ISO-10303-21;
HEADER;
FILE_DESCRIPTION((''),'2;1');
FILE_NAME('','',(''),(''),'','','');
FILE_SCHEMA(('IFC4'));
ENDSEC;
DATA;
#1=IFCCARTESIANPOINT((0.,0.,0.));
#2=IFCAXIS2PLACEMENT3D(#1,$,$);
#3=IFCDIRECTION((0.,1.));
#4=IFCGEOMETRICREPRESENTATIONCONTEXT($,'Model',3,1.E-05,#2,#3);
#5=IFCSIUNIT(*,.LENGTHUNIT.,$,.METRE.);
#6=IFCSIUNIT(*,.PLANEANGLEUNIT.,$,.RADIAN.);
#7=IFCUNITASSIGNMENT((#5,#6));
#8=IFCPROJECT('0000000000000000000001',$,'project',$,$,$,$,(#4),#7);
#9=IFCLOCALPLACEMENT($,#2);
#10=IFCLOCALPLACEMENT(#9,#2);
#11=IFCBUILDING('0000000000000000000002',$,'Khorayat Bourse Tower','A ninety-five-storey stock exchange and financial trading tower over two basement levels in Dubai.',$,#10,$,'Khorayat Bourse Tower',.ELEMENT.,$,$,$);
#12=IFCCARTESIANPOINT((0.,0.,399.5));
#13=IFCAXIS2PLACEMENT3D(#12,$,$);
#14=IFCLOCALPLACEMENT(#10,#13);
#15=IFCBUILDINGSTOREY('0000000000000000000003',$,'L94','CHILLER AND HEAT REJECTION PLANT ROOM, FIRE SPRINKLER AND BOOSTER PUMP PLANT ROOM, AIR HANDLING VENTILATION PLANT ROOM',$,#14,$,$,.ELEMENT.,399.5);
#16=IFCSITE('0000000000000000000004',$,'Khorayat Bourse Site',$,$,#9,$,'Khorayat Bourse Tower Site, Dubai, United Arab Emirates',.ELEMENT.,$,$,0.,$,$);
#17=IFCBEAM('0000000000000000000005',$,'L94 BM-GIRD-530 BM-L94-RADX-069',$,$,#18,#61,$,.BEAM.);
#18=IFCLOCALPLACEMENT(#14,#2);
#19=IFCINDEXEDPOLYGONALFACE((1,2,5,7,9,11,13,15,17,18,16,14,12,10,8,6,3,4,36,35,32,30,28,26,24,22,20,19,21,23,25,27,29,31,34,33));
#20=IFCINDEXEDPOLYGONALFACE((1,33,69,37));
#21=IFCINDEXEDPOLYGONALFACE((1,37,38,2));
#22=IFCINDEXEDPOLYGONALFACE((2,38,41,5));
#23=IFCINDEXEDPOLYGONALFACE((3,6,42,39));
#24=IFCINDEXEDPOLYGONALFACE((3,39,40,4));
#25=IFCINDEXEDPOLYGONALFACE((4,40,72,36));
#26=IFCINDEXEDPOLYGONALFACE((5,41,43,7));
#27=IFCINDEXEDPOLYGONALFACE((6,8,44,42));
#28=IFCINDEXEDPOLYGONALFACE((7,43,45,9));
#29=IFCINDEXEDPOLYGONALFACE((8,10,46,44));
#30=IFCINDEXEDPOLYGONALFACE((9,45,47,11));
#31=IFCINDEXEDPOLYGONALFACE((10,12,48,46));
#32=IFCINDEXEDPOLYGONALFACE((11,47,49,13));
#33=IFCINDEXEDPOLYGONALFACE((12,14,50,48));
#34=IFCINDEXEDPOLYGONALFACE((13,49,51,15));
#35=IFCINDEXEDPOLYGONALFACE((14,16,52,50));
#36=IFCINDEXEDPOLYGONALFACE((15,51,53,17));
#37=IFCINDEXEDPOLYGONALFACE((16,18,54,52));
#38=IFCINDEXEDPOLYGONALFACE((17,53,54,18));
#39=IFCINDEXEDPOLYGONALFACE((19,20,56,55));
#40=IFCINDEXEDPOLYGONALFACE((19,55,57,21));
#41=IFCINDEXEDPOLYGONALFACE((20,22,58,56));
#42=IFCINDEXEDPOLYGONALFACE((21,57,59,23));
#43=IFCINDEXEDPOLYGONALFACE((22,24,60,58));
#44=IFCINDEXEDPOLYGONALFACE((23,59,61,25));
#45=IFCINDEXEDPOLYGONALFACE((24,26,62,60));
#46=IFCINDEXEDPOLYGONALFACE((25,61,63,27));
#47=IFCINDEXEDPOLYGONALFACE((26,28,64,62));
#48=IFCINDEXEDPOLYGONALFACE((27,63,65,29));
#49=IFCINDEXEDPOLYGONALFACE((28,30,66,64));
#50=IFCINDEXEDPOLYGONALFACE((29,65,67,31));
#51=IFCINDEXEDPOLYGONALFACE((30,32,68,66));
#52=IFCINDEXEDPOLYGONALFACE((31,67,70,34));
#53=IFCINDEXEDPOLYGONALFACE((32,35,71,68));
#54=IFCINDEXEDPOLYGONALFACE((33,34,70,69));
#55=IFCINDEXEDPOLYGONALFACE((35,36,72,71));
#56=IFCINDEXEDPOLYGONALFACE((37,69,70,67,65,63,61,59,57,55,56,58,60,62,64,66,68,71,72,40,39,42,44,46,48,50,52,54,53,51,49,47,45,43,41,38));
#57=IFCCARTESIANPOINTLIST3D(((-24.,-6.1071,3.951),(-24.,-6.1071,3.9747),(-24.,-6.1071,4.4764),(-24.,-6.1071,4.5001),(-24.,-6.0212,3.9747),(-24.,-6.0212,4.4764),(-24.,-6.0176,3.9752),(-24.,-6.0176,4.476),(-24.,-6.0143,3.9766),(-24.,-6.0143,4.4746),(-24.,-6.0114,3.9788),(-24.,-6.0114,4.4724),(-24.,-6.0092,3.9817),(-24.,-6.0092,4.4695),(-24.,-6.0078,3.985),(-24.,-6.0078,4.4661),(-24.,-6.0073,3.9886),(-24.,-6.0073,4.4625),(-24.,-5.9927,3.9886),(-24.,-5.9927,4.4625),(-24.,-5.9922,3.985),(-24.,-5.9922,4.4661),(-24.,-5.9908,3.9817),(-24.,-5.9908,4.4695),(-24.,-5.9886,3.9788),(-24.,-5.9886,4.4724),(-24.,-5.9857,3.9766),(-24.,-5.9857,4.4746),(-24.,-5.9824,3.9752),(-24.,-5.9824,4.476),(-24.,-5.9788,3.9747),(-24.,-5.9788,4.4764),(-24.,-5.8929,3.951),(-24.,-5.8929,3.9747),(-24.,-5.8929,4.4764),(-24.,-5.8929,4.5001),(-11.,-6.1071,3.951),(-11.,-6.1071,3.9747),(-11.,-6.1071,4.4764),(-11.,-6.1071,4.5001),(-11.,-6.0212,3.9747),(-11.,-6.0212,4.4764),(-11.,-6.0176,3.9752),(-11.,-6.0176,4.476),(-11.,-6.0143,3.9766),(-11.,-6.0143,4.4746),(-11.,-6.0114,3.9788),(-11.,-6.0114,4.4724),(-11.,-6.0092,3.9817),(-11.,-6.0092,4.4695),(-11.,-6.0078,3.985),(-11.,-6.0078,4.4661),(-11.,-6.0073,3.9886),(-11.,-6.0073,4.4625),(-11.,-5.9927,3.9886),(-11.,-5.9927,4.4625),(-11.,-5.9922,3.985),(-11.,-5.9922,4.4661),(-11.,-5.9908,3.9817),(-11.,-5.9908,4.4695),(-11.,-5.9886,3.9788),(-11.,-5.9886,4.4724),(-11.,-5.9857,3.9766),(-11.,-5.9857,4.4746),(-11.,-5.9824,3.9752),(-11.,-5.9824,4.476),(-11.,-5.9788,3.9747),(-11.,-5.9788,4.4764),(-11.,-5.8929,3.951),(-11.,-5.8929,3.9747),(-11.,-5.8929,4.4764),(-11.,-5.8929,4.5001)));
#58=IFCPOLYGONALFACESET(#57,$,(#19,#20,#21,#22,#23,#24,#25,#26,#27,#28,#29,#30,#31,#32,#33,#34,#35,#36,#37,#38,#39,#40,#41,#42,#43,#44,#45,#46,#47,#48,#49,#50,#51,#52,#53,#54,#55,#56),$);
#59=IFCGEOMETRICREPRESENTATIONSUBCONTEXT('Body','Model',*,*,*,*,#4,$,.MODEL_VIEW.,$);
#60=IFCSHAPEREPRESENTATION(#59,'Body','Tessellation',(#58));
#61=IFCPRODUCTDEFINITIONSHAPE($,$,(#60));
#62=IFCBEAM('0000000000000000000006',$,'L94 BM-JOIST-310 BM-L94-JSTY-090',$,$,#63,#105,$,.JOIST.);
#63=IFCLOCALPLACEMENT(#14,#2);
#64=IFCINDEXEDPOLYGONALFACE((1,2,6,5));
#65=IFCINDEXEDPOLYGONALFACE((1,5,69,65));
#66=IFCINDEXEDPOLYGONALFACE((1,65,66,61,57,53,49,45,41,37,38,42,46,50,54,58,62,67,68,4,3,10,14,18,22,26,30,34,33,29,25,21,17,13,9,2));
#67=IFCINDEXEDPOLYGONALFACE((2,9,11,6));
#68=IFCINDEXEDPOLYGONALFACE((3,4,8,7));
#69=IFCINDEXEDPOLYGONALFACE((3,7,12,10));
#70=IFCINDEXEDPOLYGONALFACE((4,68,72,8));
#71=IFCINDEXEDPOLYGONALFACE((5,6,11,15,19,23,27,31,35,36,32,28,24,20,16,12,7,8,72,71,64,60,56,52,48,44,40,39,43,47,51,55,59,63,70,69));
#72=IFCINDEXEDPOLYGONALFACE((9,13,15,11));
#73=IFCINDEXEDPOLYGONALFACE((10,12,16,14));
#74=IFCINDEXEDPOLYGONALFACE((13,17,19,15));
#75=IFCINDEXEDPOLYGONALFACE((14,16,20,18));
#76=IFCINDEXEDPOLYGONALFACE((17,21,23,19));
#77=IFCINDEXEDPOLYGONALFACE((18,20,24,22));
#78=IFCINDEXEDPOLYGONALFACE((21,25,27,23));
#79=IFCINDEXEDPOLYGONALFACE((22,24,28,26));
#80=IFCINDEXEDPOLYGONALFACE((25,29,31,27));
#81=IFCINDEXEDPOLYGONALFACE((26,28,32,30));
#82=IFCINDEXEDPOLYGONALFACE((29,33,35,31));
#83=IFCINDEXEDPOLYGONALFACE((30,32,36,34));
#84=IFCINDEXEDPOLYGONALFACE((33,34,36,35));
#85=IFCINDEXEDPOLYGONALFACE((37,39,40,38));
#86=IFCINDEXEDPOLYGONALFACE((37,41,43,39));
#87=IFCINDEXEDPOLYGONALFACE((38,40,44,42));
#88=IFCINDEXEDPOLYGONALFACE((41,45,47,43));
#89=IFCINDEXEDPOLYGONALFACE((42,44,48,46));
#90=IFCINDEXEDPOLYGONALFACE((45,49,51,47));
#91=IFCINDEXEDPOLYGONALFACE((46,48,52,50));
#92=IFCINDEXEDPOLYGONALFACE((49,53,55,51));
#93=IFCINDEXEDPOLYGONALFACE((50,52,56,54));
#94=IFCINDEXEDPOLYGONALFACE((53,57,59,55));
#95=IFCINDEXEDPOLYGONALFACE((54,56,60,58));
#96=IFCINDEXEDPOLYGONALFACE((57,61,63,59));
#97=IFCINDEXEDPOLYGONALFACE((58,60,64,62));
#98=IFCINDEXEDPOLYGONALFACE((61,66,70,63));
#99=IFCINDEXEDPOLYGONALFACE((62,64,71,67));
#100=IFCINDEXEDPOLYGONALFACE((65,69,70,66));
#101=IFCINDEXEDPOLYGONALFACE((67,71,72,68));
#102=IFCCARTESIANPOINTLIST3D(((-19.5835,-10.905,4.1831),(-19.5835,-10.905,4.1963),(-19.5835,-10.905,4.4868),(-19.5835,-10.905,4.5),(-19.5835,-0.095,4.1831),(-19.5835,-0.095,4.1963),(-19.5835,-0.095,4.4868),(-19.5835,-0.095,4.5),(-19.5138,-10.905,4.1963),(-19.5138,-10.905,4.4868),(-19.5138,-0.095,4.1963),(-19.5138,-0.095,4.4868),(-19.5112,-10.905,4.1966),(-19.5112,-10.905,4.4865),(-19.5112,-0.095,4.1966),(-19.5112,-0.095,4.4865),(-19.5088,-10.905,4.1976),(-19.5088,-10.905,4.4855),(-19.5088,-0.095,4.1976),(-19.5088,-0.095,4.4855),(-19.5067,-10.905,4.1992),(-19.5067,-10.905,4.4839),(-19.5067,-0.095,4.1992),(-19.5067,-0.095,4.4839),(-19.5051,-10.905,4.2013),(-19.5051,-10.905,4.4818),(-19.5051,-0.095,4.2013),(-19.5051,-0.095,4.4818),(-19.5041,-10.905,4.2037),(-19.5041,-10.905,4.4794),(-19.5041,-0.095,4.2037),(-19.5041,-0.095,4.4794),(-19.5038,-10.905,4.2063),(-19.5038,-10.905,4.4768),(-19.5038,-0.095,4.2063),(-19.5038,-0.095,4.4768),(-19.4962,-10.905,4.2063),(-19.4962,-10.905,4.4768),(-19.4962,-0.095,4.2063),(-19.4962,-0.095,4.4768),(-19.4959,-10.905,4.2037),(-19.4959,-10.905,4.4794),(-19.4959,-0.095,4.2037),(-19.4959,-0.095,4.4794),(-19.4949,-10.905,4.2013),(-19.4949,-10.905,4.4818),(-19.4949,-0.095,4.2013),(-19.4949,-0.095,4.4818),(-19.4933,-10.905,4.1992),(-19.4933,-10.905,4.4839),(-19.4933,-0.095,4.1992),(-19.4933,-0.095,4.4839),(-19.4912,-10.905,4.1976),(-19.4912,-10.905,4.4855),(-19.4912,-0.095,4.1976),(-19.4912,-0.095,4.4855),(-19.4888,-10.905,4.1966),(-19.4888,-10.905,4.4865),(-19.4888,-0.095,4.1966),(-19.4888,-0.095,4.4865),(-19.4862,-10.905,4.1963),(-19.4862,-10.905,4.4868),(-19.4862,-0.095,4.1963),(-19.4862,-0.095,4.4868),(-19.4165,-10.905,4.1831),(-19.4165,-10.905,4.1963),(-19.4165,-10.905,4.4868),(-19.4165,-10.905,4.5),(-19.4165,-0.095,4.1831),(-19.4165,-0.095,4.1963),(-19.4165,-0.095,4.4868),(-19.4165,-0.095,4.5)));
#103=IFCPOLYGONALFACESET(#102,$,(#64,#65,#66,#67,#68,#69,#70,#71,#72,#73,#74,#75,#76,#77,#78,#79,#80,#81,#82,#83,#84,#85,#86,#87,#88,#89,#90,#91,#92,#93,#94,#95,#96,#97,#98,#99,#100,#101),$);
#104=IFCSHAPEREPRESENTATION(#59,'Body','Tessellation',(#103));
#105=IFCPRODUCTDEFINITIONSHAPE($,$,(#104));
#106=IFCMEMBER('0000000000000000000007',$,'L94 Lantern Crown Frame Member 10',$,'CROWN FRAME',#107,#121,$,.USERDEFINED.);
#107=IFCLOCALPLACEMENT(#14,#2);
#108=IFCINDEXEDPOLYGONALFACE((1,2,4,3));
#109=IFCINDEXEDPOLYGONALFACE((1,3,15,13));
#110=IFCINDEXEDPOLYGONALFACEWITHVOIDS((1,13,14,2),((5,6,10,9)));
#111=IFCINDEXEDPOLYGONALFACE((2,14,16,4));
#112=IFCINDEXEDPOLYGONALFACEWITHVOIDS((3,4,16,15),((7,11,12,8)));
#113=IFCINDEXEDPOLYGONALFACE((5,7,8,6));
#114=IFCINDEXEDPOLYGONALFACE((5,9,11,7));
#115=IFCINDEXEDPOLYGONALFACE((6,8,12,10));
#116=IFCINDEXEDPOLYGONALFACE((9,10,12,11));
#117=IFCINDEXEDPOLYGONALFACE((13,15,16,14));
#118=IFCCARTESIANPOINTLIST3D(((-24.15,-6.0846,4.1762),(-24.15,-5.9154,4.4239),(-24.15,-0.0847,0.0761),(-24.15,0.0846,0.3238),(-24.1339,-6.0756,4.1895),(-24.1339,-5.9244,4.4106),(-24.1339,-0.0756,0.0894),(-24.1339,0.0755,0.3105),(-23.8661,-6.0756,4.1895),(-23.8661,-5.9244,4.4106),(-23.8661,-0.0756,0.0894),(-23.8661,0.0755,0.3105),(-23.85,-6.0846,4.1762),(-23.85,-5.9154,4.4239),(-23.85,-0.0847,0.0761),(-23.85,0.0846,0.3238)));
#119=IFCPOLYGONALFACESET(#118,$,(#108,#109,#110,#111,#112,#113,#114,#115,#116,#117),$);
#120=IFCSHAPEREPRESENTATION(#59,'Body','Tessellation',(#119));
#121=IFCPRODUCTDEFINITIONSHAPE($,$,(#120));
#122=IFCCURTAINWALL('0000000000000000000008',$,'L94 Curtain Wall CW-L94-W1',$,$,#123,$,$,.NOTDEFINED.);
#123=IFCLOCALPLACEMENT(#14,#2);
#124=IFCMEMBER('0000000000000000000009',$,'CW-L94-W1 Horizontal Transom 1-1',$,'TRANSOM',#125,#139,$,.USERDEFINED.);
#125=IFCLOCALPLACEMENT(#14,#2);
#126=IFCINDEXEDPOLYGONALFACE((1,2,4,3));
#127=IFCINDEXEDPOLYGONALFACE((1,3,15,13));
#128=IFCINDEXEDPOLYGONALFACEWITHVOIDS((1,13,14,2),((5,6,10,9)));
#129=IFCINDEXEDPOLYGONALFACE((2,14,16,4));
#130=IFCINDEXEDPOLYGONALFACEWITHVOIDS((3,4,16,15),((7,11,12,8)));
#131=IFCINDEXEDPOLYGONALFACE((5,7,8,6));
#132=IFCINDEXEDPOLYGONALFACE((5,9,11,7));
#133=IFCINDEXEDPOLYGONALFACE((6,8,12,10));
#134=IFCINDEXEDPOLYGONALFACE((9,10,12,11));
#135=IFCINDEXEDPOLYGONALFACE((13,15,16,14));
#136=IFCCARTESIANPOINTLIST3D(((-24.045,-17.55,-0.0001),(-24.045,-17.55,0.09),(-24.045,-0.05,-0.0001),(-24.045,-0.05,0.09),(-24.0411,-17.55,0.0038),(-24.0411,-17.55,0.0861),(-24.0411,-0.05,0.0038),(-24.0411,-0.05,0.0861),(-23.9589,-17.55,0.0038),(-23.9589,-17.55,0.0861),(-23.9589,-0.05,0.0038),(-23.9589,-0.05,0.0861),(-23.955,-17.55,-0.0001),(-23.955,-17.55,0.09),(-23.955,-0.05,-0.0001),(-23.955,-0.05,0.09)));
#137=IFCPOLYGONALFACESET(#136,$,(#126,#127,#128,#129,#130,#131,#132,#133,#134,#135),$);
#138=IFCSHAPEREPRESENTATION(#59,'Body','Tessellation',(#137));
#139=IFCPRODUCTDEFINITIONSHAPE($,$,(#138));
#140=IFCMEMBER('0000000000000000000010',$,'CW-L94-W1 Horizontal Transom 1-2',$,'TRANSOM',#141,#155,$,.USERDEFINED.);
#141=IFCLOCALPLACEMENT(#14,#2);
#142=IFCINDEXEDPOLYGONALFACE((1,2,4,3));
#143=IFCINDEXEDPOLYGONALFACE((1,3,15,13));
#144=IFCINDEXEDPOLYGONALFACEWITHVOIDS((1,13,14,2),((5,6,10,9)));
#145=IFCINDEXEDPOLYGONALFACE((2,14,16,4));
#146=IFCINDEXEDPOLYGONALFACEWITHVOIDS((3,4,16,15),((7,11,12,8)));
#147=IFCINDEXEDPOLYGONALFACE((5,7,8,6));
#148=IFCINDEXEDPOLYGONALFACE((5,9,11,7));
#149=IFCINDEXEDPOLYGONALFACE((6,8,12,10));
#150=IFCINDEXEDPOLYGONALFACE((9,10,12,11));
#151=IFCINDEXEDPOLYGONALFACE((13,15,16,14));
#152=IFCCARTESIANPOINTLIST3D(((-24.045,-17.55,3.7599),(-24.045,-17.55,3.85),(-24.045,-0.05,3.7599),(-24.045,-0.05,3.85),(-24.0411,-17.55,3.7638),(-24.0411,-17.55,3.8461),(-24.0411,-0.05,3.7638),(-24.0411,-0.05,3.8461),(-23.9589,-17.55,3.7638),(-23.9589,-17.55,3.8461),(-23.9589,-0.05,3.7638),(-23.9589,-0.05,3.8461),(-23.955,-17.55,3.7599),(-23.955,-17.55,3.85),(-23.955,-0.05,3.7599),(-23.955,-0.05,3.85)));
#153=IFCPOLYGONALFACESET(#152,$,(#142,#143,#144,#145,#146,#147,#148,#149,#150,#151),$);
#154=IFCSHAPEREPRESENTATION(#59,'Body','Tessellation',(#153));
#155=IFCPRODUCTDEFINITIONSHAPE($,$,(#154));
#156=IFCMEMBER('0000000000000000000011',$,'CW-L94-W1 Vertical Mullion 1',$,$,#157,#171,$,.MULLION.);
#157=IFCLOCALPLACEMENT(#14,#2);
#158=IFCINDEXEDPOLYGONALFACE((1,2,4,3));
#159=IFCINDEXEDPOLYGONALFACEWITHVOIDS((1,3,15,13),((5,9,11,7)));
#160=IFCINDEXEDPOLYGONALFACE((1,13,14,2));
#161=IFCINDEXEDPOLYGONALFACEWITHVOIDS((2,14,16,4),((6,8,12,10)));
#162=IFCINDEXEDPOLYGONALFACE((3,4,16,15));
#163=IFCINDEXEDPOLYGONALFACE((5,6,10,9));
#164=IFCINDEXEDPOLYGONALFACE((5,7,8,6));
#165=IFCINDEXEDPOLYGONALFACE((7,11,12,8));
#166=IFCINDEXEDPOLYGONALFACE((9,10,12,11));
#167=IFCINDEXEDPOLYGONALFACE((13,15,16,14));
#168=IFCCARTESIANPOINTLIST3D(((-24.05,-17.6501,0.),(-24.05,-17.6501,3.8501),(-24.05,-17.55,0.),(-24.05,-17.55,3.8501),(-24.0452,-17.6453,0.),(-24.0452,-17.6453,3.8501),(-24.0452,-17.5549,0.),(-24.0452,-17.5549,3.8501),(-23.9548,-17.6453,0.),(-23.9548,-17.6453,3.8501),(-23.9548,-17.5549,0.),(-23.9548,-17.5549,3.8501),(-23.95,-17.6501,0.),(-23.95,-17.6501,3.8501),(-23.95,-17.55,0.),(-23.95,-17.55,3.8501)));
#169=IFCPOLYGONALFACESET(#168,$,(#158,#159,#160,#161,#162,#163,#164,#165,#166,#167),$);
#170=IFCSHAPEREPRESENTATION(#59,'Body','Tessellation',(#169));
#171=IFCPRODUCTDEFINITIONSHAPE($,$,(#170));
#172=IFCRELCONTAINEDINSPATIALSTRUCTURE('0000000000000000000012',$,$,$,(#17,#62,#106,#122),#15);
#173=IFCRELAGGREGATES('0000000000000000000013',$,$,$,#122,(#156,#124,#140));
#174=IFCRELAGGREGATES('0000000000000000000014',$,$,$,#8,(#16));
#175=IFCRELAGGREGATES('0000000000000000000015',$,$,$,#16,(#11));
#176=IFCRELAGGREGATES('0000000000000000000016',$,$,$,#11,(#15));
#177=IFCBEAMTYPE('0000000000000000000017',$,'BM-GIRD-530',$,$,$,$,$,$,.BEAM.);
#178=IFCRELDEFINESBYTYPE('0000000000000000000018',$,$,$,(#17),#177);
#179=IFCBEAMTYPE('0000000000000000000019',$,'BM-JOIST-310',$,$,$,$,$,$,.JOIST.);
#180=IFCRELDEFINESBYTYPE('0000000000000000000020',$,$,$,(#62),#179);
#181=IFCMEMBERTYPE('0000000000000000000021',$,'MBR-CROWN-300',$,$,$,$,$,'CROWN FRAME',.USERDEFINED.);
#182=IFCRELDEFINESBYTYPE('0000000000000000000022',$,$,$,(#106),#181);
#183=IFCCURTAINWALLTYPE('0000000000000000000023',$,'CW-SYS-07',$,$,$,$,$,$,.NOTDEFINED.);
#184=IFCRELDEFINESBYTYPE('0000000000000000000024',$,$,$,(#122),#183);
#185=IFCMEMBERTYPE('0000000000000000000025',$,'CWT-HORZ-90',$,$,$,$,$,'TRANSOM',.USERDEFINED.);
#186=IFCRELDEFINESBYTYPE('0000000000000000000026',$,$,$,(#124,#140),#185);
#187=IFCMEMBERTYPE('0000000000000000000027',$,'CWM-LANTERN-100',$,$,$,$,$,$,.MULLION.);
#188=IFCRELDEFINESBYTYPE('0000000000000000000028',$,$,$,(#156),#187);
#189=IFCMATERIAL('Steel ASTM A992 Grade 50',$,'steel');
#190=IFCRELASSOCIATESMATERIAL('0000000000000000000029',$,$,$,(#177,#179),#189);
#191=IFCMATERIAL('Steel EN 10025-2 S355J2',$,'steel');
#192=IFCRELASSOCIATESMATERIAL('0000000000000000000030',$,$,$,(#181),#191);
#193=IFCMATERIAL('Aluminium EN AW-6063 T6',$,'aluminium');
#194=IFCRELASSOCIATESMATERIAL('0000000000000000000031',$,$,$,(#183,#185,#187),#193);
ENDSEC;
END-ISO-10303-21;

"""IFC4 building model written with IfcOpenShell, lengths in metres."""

from ifc_helpers import new_model, si_unit, direction, frame, origin, origin_2d, place, context, subcontext, project, spatial, hollow_rectangle, i_section, extrude, source, transform, mapped, material, material_profile, profile_set, type_object, element, aggregate, save


model = new_model("IFC4")

# Units and contexts
model_context = context("Model", 3, precision=1e-05, world=origin(), true_north=direction((0.0, 1.0)))
body_context = subcontext(model_context, "Body", "Model", "MODEL_VIEW")
ifc_project = project(units=[si_unit("LENGTHUNIT", "METRE"), si_unit("PLANEANGLEUNIT", "RADIAN")], contexts=[model_context])

# Site, building, storey
site_placement = place(None, origin())
site = spatial("IfcSite", under=ifc_project, at=site_placement, Name="Khorayat Bourse Site", LongName="Khorayat Bourse Tower Site, Dubai, United Arab Emirates", CompositionType="ELEMENT", RefElevation=0.0)
building_placement = place(site_placement, origin())
building = spatial("IfcBuilding", under=site, at=building_placement, Name="Khorayat Bourse Tower", Description="A ninety-five-storey stock exchange and financial trading tower over two basement levels in Dubai.", LongName="Khorayat Bourse Tower", CompositionType="ELEMENT")
storey_placement = place(building_placement, frame((0.0, 0.0, 399.5)))
storey = spatial("IfcBuildingStorey", under=building, at=storey_placement, Name="L94", Description="CHILLER AND HEAT REJECTION PLANT ROOM, FIRE SPRINKLER AND BOOSTER PUMP PLANT ROOM, AIR HANDLING VENTILATION PLANT ROOM", CompositionType="ELEMENT", Elevation=399.5)

# Shared definitions
ifc_material_1 = material(Name="Steel EN 10025-2 S355J2", Category="steel")

# Beams
ifc_material_2 = material(Name="Steel ASTM A992 Grade 50", Category="steel")
ifc_material_profile_1 = material_profile(ifc_material_2, i_section(OverallWidth=0.2141, OverallDepth=0.5491, WebThickness=0.0146, FlangeThickness=0.0237, FilletRadius=0.0139, at=origin_2d()), Name="W530X138")
ifc_profile_set_1 = profile_set([ifc_material_profile_1], Name="Steel ASTM A992 Grade 50")
beam_type_1 = type_object("IfcBeamType", Name="BM-GIRD-530", PredefinedType="BEAM", material=ifc_profile_set_1)
shared_shape_1 = source(origin(), body_context, "Body", "SweptSolid", [
    extrude(i_section(OverallWidth=0.2141, OverallDepth=0.5491, WebThickness=0.0146, FlangeThickness=0.0237, FilletRadius=0.0139, at=origin_2d()), origin(), (0.0, 0.0, 1.0), 13.0),
])
for number, where, z_axis, x_axis, name in (
    (1, (-24.0, -6.0, 4.2256), (1.0, 0.0, 0.0), (0.0, 1.0, 0.0), "L94 BM-GIRD-530 BM-L94-RADX-069"),
):
    element("IfcBeam", number, at=place(storey_placement, frame(where, z_axis=z_axis, x_axis=x_axis)), inside=storey, type_object=beam_type_1, Name=name, PredefinedType="BEAM", context=body_context, shape_type="MappedRepresentation", body=[
        mapped(shared_shape_1, transform((0.0, 0.0, 0.0), scale=1.0)),
    ])
ifc_material_profile_2 = material_profile(ifc_material_2, i_section(OverallWidth=0.167, OverallDepth=0.3169, WebThickness=0.0076, FlangeThickness=0.0132, FilletRadius=0.01, at=origin_2d()), Name="W310X52")
ifc_profile_set_2 = profile_set([ifc_material_profile_2], Name="Steel ASTM A992 Grade 50")
beam_type_2 = type_object("IfcBeamType", Name="BM-JOIST-310", PredefinedType="JOIST", material=ifc_profile_set_2)
shared_shape_2 = source(origin(), body_context, "Body", "SweptSolid", [
    extrude(i_section(OverallWidth=0.167, OverallDepth=0.3169, WebThickness=0.0076, FlangeThickness=0.0132, FilletRadius=0.01, at=origin_2d()), origin(), (0.0, 0.0, 1.0), 10.8101),
])
beam_1_placement = place(storey_placement, frame((-19.5, -10.905, 4.3416), z_axis=(0.0, 1.0, 0.0), x_axis=(-1.0, 0.0, 0.0)))
element("IfcBeam", 2, at=beam_1_placement, inside=storey, type_object=beam_type_2, Name="L94 BM-JOIST-310 BM-L94-JSTY-090", PredefinedType="JOIST", context=body_context, shape_type="MappedRepresentation", body=[
    mapped(shared_shape_2, transform((0.0, 0.0, 0.0), scale=1.0)),
])

# Member
ifc_material_profile_3 = material_profile(ifc_material_1, hollow_rectangle(XDim=0.3, YDim=0.3, WallThickness=0.0161, at=origin_2d()), Name="HSS 300x300x16")
ifc_profile_set_3 = profile_set([ifc_material_profile_3], Name="Steel EN 10025-2 S355J2")
member_type_1 = type_object("IfcMemberType", Name="MBR-CROWN-300", ElementType="CROWN FRAME", PredefinedType="USERDEFINED", material=ifc_profile_set_3)
shared_shape_3 = source(origin(), body_context, "Body", "SweptSolid", [
    extrude(hollow_rectangle(XDim=0.3, YDim=0.3, WallThickness=0.0161, at=origin_2d()), origin(), (0.0, 0.0, 1.0), 7.2671),
])
member_1_placement = place(storey_placement, frame((-24.0, -6.0, 4.3), z_axis=(0.0, 0.825638, -0.5642), x_axis=(-1.0, 0.0, 0.0)))
element("IfcMember", 3, at=member_1_placement, inside=storey, type_object=member_type_1, Name="L94 Lantern Crown Frame Member 10", ObjectType="CROWN FRAME", PredefinedType="USERDEFINED", context=body_context, shape_type="MappedRepresentation", body=[
    mapped(shared_shape_3, transform((0.0, 0.0, 0.0), scale=1.0)),
])

# Curtain wall, members
ifc_material_3 = material(Name="Aluminium EN AW-6063 T6", Category="aluminium")
curtain_wall_type = type_object("IfcCurtainWallType", Name="CW-SYS-07", PredefinedType="NOTDEFINED", material=ifc_material_3)
curtain_wall_placement = place(storey_placement, origin())
curtain_wall = element("IfcCurtainWall", 4, at=curtain_wall_placement, inside=storey, type_object=curtain_wall_type, Name="L94 Curtain Wall CW-L94-W1", PredefinedType="NOTDEFINED")
ifc_material_profile_4 = material_profile(ifc_material_3, hollow_rectangle(XDim=0.0901, YDim=0.0901, WallThickness=0.0039, at=origin_2d()), Name="ALU 90x90x4")
ifc_profile_set_4 = profile_set([ifc_material_profile_4], Name="Aluminium EN AW-6063 T6")
member_type_2 = type_object("IfcMemberType", Name="CWT-HORZ-90", ElementType="TRANSOM", PredefinedType="USERDEFINED", material=ifc_profile_set_4)
shared_shape_4 = source(origin(), body_context, "Body", "SweptSolid", [
    extrude(hollow_rectangle(XDim=0.0901, YDim=0.0901, WallThickness=0.0039, at=origin_2d()), origin(), (0.0, 0.0, 1.0), 17.5),
])
member_2_placement = place(storey_placement, frame((-24.0, -17.55, 0.0449), z_axis=(0.0, 1.0, 0.0), x_axis=(-1.0, 0.0, 0.0)))
member_2 = element("IfcMember", 5, at=member_2_placement, type_object=member_type_2, Name="CW-L94-W1 Horizontal Transom 1-1", ObjectType="TRANSOM", PredefinedType="USERDEFINED", context=body_context, shape_type="MappedRepresentation", body=[
    mapped(shared_shape_4, transform((0.0, 0.0, 0.0), scale=1.0)),
])
member_3_placement = place(storey_placement, frame((-24.0, -17.55, 3.8049), z_axis=(0.0, 1.0, 0.0), x_axis=(-1.0, 0.0, 0.0)))
member_3 = element("IfcMember", 6, at=member_3_placement, type_object=member_type_2, Name="CW-L94-W1 Horizontal Transom 1-2", ObjectType="TRANSOM", PredefinedType="USERDEFINED", context=body_context, shape_type="MappedRepresentation", body=[
    mapped(shared_shape_4, transform((0.0, 0.0, 0.0), scale=1.0)),
])
ifc_material_profile_5 = material_profile(ifc_material_3, hollow_rectangle(XDim=0.1001, YDim=0.1001, WallThickness=0.0049, at=origin_2d()), Name="ALU 100x100x5")
ifc_profile_set_5 = profile_set([ifc_material_profile_5], Name="Aluminium EN AW-6063 T6")
member_type_3 = type_object("IfcMemberType", Name="CWM-LANTERN-100", PredefinedType="MULLION", material=ifc_profile_set_5)
shared_shape_5 = source(origin(), body_context, "Body", "SweptSolid", [
    extrude(hollow_rectangle(XDim=0.1001, YDim=0.1001, WallThickness=0.0049, at=origin_2d()), origin(), (0.0, 0.0, 1.0), 3.8501),
])
member_4_placement = place(storey_placement, frame((-24.0, -17.6001, 0.0), z_axis=(0.0, 0.0, 1.0), x_axis=(-1.0, 0.0, 0.0)))
member_4 = element("IfcMember", 7, at=member_4_placement, type_object=member_type_3, Name="CW-L94-W1 Vertical Mullion 1", PredefinedType="MULLION", context=body_context, shape_type="MappedRepresentation", body=[
    mapped(shared_shape_5, transform((0.0, 0.0, 0.0), scale=1.0)),
])

aggregate(curtain_wall, [member_4, member_2, member_3])

save(model, "model.ifc")
